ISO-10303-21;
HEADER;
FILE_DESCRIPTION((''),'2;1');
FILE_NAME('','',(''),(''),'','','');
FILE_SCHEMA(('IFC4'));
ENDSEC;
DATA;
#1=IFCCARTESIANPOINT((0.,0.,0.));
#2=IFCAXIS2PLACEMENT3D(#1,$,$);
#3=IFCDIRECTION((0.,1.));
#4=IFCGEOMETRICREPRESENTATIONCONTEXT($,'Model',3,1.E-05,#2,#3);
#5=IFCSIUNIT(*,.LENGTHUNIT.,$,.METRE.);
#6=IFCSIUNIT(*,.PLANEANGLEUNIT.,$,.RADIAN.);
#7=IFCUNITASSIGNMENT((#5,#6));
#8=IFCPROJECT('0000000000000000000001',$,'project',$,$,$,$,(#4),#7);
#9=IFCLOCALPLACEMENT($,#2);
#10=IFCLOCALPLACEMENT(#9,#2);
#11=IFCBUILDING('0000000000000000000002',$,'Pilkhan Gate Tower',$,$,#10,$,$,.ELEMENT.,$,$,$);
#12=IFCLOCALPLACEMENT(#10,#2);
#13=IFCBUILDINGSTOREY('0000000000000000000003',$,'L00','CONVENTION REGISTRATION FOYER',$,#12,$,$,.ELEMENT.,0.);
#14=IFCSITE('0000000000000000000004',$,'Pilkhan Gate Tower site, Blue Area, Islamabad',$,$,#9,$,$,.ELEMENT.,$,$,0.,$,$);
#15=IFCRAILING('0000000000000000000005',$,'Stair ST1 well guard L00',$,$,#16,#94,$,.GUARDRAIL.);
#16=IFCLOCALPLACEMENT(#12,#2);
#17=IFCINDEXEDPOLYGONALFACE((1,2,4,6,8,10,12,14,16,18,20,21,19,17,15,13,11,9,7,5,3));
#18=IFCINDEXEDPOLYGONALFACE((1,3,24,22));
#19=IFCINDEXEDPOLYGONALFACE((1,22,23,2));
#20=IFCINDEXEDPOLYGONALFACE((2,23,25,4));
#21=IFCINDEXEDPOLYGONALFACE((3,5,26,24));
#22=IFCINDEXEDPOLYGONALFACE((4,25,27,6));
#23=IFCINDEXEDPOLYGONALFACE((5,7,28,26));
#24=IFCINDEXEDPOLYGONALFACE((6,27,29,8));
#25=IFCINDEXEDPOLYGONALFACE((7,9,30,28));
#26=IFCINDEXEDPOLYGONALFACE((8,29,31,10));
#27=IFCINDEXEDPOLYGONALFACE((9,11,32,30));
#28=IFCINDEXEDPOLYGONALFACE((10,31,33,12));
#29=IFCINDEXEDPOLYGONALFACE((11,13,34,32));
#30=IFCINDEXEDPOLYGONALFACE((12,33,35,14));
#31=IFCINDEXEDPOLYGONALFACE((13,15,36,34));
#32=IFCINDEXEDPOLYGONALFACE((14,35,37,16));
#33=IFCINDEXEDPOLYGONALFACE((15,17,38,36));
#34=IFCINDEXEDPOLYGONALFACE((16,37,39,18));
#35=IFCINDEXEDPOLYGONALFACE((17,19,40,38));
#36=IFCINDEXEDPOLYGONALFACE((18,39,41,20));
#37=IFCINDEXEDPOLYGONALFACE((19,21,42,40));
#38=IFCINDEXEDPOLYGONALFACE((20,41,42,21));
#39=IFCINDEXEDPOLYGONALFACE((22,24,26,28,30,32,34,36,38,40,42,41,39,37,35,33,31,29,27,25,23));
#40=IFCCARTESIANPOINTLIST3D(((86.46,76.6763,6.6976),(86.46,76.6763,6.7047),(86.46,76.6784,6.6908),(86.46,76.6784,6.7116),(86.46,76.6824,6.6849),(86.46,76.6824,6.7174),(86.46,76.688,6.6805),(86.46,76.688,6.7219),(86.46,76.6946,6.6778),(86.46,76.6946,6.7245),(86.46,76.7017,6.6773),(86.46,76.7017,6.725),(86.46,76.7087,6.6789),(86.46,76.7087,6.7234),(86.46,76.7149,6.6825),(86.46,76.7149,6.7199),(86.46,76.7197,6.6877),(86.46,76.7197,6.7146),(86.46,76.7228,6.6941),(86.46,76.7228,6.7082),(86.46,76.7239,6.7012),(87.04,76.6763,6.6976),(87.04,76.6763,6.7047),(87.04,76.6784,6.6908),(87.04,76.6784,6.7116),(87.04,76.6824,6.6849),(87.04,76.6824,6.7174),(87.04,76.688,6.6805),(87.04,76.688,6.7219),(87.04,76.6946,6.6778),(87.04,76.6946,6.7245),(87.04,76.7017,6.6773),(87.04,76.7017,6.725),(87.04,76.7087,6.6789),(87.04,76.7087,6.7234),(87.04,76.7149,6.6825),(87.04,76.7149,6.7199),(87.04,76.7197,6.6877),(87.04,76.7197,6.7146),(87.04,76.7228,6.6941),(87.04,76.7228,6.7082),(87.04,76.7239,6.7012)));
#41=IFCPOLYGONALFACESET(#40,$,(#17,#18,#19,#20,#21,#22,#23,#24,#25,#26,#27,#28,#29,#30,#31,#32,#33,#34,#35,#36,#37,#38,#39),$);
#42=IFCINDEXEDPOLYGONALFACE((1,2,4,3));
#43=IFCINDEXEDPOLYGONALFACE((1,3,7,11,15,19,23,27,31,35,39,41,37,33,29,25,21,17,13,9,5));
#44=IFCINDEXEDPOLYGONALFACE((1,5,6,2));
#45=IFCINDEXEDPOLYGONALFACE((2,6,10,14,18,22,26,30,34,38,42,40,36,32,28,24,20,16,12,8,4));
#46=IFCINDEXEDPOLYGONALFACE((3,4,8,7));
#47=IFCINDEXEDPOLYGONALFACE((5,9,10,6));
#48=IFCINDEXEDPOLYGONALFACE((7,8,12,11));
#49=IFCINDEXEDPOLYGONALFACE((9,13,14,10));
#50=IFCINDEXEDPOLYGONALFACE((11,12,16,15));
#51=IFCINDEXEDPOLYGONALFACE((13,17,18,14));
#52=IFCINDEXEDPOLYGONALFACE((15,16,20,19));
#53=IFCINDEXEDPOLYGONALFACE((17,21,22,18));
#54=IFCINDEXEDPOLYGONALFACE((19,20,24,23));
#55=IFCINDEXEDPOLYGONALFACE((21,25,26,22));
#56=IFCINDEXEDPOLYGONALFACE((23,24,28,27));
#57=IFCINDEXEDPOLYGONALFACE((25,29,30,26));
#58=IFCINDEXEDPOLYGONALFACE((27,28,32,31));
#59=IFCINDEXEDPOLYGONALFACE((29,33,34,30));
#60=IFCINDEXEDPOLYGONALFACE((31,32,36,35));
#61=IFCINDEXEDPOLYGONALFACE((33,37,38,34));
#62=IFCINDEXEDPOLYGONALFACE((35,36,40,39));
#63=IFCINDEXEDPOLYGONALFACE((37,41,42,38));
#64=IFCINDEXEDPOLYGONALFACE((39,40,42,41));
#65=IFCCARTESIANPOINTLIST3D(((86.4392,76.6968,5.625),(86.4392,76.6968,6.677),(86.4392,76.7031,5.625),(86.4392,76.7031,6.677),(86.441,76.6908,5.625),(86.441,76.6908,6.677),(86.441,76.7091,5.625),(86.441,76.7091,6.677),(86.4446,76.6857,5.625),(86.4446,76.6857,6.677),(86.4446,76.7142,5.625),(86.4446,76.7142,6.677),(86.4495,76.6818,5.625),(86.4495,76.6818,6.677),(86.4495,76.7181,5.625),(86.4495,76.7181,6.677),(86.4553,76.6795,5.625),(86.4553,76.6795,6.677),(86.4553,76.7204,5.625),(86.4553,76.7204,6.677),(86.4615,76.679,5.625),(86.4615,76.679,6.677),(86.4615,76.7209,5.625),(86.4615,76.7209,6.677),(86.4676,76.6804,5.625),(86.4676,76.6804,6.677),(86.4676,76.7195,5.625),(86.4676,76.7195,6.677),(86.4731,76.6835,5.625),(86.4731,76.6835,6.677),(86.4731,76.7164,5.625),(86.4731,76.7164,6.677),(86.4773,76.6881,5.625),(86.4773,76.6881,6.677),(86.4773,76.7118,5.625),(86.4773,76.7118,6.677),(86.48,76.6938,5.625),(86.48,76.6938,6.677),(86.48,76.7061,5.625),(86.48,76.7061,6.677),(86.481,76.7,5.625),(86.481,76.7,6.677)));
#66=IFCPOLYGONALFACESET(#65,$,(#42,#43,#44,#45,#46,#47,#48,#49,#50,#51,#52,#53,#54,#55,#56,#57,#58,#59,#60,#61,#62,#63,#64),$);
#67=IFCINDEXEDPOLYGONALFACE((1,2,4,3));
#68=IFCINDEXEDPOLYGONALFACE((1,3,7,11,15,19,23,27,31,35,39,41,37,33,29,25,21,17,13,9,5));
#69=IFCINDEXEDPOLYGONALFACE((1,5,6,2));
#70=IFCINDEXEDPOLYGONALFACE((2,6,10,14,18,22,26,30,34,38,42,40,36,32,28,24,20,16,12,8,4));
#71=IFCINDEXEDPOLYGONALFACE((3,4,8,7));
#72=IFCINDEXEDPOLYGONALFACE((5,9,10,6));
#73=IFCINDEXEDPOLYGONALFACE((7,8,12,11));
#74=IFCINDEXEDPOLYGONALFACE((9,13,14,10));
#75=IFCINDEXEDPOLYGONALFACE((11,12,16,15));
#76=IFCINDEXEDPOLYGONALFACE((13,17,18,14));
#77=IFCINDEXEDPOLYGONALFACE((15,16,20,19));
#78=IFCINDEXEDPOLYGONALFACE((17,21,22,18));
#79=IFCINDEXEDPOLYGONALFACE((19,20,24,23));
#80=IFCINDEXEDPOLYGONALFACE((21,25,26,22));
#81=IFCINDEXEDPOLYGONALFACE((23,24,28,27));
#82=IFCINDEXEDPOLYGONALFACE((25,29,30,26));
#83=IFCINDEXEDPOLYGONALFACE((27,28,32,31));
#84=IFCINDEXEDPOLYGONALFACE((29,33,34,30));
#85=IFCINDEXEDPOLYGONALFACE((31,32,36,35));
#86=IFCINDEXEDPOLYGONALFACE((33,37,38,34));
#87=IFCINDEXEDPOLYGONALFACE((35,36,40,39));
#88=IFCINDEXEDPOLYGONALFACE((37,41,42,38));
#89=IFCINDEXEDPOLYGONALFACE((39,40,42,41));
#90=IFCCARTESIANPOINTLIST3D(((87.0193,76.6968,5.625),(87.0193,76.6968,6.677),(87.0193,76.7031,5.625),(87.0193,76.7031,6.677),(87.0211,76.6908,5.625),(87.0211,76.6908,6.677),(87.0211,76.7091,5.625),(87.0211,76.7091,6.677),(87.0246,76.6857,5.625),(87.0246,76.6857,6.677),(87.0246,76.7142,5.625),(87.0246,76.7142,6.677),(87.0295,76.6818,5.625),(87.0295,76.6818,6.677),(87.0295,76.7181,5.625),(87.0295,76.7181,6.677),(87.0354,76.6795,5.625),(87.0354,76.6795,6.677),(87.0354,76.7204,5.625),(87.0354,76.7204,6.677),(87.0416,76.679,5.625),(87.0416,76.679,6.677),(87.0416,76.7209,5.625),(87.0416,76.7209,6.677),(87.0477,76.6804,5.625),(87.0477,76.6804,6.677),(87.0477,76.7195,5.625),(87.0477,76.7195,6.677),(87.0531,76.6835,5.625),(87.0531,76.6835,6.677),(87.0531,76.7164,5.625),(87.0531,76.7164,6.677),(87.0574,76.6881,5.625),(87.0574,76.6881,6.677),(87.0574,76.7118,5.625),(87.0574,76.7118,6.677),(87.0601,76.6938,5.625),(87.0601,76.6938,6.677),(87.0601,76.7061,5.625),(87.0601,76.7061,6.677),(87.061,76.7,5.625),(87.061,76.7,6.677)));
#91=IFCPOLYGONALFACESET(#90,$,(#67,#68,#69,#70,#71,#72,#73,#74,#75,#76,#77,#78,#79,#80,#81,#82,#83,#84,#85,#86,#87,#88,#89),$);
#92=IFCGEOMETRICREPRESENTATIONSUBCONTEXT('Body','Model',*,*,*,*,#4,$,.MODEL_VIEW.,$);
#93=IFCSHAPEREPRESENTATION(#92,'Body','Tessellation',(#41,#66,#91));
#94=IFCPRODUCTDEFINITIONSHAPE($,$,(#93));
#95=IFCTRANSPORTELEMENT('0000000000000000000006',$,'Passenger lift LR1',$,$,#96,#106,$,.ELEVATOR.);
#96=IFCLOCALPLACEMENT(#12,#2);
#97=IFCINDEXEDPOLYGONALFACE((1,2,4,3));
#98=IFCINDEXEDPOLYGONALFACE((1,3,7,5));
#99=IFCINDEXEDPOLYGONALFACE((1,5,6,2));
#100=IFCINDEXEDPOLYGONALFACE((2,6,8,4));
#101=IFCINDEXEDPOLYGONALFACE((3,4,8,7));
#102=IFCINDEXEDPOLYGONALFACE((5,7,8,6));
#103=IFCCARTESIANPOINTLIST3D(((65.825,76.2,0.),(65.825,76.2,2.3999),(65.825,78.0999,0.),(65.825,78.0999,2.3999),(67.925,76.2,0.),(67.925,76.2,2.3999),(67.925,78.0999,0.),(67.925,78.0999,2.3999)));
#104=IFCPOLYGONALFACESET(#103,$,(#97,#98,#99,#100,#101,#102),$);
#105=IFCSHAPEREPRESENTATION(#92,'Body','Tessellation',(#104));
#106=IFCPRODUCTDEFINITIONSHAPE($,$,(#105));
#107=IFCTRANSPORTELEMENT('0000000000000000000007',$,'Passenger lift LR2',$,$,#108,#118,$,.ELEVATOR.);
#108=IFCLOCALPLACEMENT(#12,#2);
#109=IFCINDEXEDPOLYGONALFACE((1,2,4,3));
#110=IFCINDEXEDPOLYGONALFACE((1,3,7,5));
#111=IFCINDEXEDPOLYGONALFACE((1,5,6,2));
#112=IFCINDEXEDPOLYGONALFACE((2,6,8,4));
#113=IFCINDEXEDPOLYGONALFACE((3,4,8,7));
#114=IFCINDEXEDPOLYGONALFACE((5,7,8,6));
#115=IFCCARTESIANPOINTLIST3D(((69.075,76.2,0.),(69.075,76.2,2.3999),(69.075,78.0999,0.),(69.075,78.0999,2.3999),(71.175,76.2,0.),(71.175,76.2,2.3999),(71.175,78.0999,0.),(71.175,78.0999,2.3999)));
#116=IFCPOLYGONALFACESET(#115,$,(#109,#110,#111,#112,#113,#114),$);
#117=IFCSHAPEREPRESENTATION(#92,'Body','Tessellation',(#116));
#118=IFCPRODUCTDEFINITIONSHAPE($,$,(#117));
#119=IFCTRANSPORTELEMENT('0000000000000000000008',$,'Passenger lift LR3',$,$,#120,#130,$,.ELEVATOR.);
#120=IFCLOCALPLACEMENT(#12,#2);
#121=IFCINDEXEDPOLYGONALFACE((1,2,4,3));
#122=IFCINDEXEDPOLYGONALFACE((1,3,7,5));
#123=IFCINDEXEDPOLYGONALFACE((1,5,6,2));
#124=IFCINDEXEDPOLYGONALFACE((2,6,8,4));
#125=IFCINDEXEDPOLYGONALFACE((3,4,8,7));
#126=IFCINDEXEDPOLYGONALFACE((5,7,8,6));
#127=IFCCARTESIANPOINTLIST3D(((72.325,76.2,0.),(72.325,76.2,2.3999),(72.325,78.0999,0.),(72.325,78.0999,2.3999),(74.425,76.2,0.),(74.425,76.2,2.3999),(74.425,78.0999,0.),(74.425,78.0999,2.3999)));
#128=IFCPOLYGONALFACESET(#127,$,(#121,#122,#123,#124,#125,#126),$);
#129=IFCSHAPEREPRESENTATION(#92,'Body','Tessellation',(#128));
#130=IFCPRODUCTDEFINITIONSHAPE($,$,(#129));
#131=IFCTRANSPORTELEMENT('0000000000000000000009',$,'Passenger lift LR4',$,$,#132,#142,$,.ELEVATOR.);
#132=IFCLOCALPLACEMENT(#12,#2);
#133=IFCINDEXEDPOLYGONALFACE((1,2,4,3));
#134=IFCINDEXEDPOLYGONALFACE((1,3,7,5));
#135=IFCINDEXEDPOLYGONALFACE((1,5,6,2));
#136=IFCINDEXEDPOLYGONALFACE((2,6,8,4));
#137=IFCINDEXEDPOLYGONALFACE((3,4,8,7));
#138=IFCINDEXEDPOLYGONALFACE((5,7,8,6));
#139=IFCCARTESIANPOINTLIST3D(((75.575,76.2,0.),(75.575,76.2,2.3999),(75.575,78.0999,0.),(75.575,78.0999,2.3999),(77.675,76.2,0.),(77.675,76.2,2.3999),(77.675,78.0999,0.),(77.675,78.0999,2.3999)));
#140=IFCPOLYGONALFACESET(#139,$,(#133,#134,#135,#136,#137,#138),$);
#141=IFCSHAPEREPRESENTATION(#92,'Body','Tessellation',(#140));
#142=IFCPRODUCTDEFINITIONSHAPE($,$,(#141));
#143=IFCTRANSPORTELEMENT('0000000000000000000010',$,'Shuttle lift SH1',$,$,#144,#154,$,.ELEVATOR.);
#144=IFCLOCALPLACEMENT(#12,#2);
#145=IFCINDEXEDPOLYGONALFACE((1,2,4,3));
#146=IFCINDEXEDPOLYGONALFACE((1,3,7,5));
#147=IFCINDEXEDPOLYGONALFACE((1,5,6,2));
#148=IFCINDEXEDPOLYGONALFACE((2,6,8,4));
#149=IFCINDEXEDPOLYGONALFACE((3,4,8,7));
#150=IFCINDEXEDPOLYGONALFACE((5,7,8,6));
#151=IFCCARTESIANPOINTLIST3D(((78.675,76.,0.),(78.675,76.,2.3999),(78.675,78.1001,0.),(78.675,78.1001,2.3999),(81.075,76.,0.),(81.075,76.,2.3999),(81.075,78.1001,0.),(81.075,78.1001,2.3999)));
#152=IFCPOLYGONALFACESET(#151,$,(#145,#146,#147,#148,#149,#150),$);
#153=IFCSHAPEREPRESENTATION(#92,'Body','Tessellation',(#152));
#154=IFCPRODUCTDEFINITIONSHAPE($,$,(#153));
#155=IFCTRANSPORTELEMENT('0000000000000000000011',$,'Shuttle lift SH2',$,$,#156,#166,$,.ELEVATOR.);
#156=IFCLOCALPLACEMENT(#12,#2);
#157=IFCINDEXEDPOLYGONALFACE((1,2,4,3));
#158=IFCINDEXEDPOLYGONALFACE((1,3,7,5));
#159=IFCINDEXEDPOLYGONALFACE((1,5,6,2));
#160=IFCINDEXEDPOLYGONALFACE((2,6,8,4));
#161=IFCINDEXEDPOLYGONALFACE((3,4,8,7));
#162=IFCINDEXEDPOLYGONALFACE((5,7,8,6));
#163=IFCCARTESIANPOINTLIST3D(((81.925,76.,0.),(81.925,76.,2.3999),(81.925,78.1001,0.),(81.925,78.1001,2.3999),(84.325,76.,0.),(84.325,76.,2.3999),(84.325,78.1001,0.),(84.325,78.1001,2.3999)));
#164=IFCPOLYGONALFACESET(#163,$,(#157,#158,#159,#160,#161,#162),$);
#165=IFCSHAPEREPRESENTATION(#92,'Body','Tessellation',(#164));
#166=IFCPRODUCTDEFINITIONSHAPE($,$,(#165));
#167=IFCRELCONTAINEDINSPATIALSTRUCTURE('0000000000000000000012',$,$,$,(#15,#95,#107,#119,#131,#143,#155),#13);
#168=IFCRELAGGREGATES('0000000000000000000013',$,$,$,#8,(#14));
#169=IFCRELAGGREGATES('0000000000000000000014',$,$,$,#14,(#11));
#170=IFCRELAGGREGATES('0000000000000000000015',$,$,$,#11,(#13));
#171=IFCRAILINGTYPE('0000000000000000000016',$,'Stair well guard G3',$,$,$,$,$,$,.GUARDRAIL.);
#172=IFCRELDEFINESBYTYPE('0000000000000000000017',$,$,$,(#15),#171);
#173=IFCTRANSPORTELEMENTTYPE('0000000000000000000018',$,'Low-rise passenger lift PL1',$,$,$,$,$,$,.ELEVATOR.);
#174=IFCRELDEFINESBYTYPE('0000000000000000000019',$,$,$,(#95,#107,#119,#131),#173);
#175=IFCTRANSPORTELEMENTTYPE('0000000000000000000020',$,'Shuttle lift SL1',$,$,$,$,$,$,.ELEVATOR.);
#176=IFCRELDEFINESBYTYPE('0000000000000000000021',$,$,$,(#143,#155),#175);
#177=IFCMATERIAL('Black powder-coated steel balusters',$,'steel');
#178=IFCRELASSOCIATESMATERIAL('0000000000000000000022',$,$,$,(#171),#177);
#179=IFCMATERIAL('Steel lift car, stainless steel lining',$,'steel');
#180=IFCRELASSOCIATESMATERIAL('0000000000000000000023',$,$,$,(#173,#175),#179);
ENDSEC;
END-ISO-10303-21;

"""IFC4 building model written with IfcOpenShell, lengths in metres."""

from ifc_helpers import new_model, si_unit, direction, frame, origin, origin_2d, place, context, subcontext, project, spatial, rectangle, circle, extrude, material, type_object, element, save


model = new_model("IFC4")

# Units and contexts
model_context = context("Model", 3, precision=1e-05, world=origin(), true_north=direction((0.0, 1.0)))
body_context = subcontext(model_context, "Body", "Model", "MODEL_VIEW")
ifc_project = project(units=[si_unit("LENGTHUNIT", "METRE"), si_unit("PLANEANGLEUNIT", "RADIAN")], contexts=[model_context])

# Site, building, storey
site_placement = place(None, origin())
site = spatial("IfcSite", under=ifc_project, at=site_placement, Name="Pilkhan Gate Tower site, Blue Area, Islamabad", CompositionType="ELEMENT", RefElevation=0.0)
building_placement = place(site_placement, origin())
building = spatial("IfcBuilding", under=site, at=building_placement, Name="Pilkhan Gate Tower", CompositionType="ELEMENT")
storey_placement = place(building_placement, origin())
storey = spatial("IfcBuildingStorey", under=building, at=storey_placement, Name="L00", Description="CONVENTION REGISTRATION FOYER", CompositionType="ELEMENT", Elevation=0.0)

# Railing
ifc_material_1 = material(Name="Black powder-coated steel balusters", Category="steel")
railing_type_1 = type_object("IfcRailingType", Name="Stair well guard G3", PredefinedType="GUARDRAIL", material=ifc_material_1)
for number, where, name in (
    (1, (86.46, 76.7, 5.625), "Stair ST1 well guard L00"),
):
    element("IfcRailing", number, at=place(storey_placement, frame(where)), inside=storey, type_object=railing_type_1, Name=name, PredefinedType="GUARDRAIL", context=body_context, shape_type="SweptSolid", body=[
        extrude(circle(Radius=0.0239, at=origin_2d()), frame((0.0, 0.0, 1.0762), z_axis=(1.0, 0.0, 0.0), x_axis=(0.0, 1.0, 0.0)), (0.0, 0.0, 1.0), 0.5801),
        extrude(circle(Radius=0.021, at=origin_2d()), origin(), (0.0, 0.0, 1.0), 1.052),
        extrude(circle(Radius=0.021, at=origin_2d()), frame((0.5801, 0.0, 0.0)), (0.0, 0.0, 1.0), 1.052),
    ])

# Transport elements
ifc_material_2 = material(Name="Steel lift car, stainless steel lining", Category="steel")
transport_element_type_1 = type_object("IfcTransportElementType", Name="Low-rise passenger lift PL1", PredefinedType="ELEVATOR", material=ifc_material_2)
for number, where, z_axis, x_axis, name in (
    (2, (66.875, 77.1499, 0.0), (0.0, 0.0, 1.0), (1.0, 0.0, 0.0), "Passenger lift LR1"),
    (3, (70.125, 77.1499, 0.0), (0.0, 0.0, 1.0), (1.0, 0.0, 0.0), "Passenger lift LR2"),
    (4, (73.375, 77.1499, 0.0), (0.0, 0.0, 1.0), (1.0, 0.0, 0.0), "Passenger lift LR3"),
    (5, (76.625, 77.1499, 0.0), (0.0, 0.0, 1.0), (1.0, 0.0, 0.0), "Passenger lift LR4"),
):
    element("IfcTransportElement", number, at=place(storey_placement, frame(where, z_axis=z_axis, x_axis=x_axis)), inside=storey, type_object=transport_element_type_1, Name=name, PredefinedType="ELEVATOR", context=body_context, shape_type="SweptSolid", body=[
        extrude(rectangle(XDim=2.1001, YDim=1.8999, at=origin_2d()), origin(), (0.0, 0.0, 1.0), 2.3999),
    ])
transport_element_type_2 = type_object("IfcTransportElementType", Name="Shuttle lift SL1", PredefinedType="ELEVATOR", material=ifc_material_2)
for number, where, z_axis, x_axis, name in (
    (6, (79.875, 77.05, 0.0), (0.0, 0.0, 1.0), (1.0, 0.0, 0.0), "Shuttle lift SH1"),
    (7, (83.125, 77.05, 0.0), (0.0, 0.0, 1.0), (1.0, 0.0, 0.0), "Shuttle lift SH2"),
):
    element("IfcTransportElement", number, at=place(storey_placement, frame(where, z_axis=z_axis, x_axis=x_axis)), inside=storey, type_object=transport_element_type_2, Name=name, PredefinedType="ELEVATOR", context=body_context, shape_type="SweptSolid", body=[
        extrude(rectangle(XDim=2.3999, YDim=2.1001, at=origin_2d()), origin(), (0.0, 0.0, 1.0), 2.3999),
    ])

save(model, "model.ifc")
